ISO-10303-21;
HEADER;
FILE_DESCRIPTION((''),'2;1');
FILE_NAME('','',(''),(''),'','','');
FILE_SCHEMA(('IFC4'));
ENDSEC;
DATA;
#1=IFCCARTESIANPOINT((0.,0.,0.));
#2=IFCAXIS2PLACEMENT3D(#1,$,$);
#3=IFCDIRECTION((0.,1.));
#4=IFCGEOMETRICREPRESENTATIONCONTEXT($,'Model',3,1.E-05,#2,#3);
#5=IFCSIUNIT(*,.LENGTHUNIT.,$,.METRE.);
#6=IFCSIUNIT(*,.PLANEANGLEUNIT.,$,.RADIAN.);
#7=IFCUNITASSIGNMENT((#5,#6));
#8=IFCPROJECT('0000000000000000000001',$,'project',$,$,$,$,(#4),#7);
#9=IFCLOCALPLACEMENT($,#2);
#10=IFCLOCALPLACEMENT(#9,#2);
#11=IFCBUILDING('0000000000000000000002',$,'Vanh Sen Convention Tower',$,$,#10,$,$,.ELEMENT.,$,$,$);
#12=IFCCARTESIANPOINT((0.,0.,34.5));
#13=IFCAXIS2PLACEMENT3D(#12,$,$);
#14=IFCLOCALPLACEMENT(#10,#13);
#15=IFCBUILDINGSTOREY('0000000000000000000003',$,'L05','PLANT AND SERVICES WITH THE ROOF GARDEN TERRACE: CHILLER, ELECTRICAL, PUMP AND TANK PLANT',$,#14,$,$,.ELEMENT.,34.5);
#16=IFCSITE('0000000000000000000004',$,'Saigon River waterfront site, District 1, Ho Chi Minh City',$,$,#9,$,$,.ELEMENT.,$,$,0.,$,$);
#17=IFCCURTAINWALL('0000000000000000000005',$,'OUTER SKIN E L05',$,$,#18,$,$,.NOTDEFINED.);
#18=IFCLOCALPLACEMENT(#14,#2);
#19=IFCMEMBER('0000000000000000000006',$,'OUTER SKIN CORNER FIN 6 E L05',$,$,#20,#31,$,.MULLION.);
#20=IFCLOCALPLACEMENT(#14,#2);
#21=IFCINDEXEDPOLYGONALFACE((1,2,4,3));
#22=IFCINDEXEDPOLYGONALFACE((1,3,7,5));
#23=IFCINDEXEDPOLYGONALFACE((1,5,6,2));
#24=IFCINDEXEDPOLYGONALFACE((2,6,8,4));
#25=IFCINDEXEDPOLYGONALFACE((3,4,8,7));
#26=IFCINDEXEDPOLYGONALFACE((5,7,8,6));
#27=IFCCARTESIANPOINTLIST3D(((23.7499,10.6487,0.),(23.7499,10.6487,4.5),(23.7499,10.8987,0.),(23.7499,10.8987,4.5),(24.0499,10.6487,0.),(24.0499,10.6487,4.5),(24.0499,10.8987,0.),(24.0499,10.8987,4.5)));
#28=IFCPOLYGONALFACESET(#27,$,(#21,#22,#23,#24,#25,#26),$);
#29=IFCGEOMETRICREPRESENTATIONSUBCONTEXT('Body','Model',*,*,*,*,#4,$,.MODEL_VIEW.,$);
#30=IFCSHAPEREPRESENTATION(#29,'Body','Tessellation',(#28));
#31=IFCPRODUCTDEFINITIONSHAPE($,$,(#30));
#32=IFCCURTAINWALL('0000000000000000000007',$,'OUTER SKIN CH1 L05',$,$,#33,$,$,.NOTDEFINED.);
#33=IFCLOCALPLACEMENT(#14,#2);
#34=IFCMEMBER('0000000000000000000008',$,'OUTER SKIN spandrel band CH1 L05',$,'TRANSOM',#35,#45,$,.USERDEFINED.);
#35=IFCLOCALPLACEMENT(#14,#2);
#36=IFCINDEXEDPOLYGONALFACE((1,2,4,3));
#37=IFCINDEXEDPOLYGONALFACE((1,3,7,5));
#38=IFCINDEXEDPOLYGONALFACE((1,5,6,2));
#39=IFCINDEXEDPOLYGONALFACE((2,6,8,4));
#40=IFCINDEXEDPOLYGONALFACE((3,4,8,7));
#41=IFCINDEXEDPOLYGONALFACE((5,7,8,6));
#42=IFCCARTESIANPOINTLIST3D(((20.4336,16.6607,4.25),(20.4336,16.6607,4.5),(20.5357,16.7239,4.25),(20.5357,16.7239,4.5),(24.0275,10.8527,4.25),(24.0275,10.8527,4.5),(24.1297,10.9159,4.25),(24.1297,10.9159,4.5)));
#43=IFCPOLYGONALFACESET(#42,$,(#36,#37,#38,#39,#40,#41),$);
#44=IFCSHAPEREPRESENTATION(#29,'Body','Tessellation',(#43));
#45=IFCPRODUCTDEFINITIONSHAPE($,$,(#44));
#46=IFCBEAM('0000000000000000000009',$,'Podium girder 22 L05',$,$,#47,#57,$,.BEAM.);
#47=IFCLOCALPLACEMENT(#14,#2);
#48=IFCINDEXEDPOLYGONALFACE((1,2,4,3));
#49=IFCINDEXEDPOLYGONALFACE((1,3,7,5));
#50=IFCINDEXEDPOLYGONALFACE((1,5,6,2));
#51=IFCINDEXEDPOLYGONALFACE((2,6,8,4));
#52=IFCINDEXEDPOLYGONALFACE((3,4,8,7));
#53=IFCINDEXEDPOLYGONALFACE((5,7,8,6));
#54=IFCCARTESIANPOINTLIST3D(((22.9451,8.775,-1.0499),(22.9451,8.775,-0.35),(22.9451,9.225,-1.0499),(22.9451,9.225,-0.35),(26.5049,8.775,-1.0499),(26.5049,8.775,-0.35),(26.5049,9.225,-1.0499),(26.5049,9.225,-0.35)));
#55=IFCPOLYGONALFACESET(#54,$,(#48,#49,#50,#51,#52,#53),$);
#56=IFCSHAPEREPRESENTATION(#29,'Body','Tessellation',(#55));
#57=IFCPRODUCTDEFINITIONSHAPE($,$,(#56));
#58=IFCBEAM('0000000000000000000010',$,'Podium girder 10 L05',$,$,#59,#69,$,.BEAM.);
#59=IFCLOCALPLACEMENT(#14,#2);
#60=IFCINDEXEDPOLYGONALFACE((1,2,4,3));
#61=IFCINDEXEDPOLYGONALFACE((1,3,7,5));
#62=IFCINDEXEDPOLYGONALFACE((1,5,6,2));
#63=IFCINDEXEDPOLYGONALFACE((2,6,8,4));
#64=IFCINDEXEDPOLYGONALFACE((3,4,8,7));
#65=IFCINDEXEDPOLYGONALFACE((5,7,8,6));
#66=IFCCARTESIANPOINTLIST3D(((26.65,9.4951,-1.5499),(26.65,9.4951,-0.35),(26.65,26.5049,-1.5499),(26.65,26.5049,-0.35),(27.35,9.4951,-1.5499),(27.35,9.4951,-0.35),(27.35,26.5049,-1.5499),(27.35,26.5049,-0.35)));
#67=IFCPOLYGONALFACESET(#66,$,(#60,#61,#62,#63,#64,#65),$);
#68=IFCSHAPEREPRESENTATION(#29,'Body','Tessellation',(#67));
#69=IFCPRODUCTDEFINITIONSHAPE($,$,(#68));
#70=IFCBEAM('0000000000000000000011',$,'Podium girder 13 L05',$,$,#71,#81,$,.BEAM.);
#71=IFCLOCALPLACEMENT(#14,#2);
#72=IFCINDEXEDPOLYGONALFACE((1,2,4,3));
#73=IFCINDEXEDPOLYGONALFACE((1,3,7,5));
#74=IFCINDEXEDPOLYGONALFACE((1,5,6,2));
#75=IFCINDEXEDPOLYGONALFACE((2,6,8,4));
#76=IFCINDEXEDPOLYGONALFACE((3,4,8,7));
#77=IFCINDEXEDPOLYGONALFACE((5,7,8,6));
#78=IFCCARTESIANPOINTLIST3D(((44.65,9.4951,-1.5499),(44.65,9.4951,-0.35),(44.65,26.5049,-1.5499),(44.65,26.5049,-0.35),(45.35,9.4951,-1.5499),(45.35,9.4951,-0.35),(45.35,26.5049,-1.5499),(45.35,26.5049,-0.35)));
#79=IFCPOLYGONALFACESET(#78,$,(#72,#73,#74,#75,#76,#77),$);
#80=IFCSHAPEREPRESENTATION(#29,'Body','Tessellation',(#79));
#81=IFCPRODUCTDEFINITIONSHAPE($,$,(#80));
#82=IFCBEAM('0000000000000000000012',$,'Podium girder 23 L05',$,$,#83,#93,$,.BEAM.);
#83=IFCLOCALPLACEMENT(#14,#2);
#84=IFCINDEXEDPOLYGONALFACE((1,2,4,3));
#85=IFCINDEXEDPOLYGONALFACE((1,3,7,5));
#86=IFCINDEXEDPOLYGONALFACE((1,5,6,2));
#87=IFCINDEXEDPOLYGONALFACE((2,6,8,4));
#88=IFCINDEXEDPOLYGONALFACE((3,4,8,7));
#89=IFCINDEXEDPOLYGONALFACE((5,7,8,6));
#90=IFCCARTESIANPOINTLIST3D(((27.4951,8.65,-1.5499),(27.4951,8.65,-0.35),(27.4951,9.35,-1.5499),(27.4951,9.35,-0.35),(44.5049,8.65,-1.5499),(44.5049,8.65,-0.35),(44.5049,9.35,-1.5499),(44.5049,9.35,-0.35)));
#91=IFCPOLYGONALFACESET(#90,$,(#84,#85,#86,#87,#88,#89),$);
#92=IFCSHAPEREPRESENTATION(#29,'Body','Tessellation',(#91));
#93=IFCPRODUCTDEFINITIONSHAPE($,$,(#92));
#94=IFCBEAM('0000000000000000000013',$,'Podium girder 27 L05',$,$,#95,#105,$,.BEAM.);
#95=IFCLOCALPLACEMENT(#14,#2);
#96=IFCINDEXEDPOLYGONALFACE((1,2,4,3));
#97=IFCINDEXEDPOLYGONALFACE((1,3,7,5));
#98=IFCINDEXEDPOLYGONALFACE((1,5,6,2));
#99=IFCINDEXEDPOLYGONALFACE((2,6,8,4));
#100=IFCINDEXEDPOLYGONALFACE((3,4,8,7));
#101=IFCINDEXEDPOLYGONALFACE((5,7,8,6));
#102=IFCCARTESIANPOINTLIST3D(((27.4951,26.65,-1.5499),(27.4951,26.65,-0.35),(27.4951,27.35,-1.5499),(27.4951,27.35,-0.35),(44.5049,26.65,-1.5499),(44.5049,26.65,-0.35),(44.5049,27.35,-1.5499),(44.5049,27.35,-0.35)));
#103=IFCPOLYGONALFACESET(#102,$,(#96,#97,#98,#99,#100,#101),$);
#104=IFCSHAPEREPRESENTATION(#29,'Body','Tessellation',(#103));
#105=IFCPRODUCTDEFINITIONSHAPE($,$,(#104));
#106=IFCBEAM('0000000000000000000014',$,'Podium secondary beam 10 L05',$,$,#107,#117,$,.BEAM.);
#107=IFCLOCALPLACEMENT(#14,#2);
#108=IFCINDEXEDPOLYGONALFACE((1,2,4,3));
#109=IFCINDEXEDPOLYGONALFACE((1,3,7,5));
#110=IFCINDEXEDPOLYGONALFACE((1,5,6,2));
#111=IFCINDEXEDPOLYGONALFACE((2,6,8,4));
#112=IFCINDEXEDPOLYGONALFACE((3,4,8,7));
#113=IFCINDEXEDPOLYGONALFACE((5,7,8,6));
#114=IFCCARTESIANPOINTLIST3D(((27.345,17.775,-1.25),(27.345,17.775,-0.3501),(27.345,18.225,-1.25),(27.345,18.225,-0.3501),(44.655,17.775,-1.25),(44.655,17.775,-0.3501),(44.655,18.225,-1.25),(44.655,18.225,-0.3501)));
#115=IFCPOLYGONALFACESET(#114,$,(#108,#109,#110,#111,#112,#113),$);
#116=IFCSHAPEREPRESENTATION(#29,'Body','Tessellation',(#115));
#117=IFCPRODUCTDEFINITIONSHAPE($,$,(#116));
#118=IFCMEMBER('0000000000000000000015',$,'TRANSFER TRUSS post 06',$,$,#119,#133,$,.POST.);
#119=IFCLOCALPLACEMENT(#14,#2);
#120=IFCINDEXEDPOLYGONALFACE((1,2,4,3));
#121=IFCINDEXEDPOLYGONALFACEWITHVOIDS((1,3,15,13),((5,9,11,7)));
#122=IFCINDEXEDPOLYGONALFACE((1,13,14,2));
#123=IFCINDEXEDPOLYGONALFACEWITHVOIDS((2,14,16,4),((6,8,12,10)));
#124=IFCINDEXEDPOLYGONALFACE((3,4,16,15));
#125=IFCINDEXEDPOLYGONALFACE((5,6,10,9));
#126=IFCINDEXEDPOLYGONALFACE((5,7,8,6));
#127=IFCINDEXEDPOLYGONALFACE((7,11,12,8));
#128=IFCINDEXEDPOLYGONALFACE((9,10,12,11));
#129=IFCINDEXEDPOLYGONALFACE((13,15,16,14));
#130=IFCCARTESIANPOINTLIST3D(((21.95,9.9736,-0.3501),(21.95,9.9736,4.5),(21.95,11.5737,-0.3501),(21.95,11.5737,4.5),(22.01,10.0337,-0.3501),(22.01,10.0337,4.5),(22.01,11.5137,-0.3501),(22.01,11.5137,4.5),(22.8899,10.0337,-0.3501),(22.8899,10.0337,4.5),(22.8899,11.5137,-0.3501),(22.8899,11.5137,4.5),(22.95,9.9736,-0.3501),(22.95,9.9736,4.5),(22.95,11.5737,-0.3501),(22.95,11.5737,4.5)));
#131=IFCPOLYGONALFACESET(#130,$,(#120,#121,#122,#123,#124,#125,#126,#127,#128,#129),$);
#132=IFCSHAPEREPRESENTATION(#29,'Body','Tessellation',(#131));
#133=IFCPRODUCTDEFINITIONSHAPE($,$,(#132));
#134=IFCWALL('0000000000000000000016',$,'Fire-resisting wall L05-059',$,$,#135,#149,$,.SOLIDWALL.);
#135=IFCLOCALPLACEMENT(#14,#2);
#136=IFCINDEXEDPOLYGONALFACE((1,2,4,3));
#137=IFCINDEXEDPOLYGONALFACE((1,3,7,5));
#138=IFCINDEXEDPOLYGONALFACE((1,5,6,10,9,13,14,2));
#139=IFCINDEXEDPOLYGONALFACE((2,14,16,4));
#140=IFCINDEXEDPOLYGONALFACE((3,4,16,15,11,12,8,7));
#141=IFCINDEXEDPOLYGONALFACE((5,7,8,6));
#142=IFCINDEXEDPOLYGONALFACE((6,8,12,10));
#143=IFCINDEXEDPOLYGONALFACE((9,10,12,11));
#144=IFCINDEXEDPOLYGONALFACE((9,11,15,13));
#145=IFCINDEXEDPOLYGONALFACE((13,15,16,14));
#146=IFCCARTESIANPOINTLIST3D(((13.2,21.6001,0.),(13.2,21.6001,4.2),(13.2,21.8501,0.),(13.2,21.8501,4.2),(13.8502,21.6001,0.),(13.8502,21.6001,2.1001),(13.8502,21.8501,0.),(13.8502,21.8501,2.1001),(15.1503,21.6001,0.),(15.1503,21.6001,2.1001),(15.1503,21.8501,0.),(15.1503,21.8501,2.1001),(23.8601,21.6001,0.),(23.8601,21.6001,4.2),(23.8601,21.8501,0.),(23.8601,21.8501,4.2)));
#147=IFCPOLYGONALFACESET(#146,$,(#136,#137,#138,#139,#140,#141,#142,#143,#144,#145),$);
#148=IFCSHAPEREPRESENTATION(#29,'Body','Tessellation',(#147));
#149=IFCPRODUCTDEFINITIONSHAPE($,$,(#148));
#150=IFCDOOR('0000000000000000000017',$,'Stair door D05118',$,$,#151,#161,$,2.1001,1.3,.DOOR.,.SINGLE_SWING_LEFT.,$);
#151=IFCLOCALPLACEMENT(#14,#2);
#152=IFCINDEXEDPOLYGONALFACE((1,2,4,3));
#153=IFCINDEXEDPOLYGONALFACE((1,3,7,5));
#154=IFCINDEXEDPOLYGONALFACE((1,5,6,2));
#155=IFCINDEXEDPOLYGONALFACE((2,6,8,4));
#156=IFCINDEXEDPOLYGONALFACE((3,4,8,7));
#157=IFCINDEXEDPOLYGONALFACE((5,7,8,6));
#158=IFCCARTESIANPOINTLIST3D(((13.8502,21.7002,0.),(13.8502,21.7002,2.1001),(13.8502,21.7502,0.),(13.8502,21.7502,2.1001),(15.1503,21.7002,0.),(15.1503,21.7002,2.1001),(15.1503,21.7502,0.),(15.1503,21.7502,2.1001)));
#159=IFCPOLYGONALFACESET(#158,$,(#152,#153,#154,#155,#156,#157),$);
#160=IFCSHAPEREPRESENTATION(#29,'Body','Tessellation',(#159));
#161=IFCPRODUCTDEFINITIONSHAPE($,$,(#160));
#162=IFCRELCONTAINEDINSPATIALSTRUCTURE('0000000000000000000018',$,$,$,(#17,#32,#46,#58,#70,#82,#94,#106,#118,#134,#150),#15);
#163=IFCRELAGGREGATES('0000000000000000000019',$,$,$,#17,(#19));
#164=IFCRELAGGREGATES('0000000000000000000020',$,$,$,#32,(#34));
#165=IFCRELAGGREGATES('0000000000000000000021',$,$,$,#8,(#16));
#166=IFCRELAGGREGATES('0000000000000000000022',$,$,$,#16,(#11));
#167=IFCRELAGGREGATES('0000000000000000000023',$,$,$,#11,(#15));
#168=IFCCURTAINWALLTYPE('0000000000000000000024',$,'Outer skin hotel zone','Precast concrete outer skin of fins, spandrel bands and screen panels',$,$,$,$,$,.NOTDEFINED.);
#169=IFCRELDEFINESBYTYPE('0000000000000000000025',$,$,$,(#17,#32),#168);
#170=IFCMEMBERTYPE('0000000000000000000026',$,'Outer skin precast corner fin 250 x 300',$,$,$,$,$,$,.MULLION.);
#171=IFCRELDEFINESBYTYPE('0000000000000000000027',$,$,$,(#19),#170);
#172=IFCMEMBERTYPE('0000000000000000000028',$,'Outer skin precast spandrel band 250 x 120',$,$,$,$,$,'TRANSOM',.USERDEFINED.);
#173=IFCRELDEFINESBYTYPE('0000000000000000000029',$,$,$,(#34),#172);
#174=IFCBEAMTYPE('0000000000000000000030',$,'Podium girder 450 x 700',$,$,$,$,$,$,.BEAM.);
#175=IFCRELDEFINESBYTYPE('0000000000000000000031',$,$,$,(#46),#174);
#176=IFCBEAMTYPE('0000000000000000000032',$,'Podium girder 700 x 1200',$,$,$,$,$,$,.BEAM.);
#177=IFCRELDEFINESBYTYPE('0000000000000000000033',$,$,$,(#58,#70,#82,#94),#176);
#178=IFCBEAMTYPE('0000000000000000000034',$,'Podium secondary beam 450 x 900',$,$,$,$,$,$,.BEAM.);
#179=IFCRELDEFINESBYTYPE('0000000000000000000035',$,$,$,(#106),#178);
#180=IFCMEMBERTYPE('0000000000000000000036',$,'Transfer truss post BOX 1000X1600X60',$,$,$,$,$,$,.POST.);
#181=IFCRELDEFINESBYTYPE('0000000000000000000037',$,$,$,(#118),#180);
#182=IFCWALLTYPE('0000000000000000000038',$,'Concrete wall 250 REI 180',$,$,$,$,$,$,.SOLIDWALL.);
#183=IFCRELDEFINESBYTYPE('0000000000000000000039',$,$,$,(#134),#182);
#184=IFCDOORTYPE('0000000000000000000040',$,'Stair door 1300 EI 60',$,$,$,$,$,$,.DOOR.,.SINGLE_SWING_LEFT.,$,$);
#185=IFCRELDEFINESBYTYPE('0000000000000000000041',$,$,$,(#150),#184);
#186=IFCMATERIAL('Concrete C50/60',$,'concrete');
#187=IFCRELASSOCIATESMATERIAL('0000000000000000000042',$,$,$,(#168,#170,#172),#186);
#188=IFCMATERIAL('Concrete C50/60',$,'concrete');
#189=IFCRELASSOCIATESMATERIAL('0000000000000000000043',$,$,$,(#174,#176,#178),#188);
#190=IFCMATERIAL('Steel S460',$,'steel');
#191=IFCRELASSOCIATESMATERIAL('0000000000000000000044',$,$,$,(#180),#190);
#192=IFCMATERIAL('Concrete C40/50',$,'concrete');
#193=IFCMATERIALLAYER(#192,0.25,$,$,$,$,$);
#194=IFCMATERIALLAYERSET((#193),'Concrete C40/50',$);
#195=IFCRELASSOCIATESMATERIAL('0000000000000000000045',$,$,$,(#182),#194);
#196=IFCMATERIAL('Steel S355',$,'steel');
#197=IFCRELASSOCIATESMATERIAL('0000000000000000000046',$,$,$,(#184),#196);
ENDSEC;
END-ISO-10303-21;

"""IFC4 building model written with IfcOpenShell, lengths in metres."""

from ifc_helpers import new_model, si_unit, direction, frame, frame_2d, origin, origin_2d, place, context, subcontext, project, spatial, rectangle, hollow_rectangle, extrude, material, layer, layer_set, material_profile, profile_set, type_object, element, fill, aggregate, save


model = new_model("IFC4")

# Units and contexts
model_context = context("Model", 3, precision=1e-05, world=origin(), true_north=direction((0.0, 1.0)))
body_context = subcontext(model_context, "Body", "Model", "MODEL_VIEW")
ifc_project = project(units=[si_unit("LENGTHUNIT", "METRE"), si_unit("PLANEANGLEUNIT", "RADIAN")], contexts=[model_context])

# Site, building, storey
site_placement = place(None, origin())
site = spatial("IfcSite", under=ifc_project, at=site_placement, Name="Saigon River waterfront site, District 1, Ho Chi Minh City", CompositionType="ELEMENT", RefElevation=0.0)
building_placement = place(site_placement, origin())
building = spatial("IfcBuilding", under=site, at=building_placement, Name="Vanh Sen Convention Tower", CompositionType="ELEMENT")
storey_placement = place(building_placement, frame((0.0, 0.0, 34.5)))
storey = spatial("IfcBuildingStorey", under=building, at=storey_placement, Name="L05", Description="PLANT AND SERVICES WITH THE ROOF GARDEN TERRACE: CHILLER, ELECTRICAL, PUMP AND TANK PLANT", CompositionType="ELEMENT", Elevation=34.5)

# Curtain walls, members
ifc_material_1 = material(Name="Concrete C50/60", Category="concrete")
curtain_wall_type = type_object("IfcCurtainWallType", Name="Outer skin hotel zone", Description="Precast concrete outer skin of fins, spandrel bands and screen panels", PredefinedType="NOTDEFINED", material=ifc_material_1)
curtain_wall_1_placement = place(storey_placement, origin())
curtain_wall_1 = element("IfcCurtainWall", 1, at=curtain_wall_1_placement, inside=storey, type_object=curtain_wall_type, Name="OUTER SKIN E L05", PredefinedType="NOTDEFINED")
ifc_material_profile_1 = material_profile(ifc_material_1, rectangle(XDim=0.25, YDim=0.3, at=origin_2d()), Name="Outer skin precast corner fin 250 x 300")
ifc_profile_set_1 = profile_set([ifc_material_profile_1], Name="Concrete C50/60")
member_type_1 = type_object("IfcMemberType", Name="Outer skin precast corner fin 250 x 300", PredefinedType="MULLION", material=ifc_profile_set_1)
member_1_placement = place(storey_placement, frame((23.8999, 10.7737, 0.0), z_axis=(0.0, 0.0, 1.0), x_axis=(0.0, 1.0, 0.0)))
member_1 = element("IfcMember", 2, at=member_1_placement, type_object=member_type_1, Name="OUTER SKIN CORNER FIN 6 E L05", PredefinedType="MULLION", context=body_context, shape_type="SweptSolid", body=[
    extrude(rectangle(XDim=0.25, YDim=0.3, at=origin_2d()), origin(), (0.0, 0.0, 1.0), 4.5),
])
aggregate(curtain_wall_1, [member_1])
curtain_wall_2_placement = place(storey_placement, origin())
curtain_wall_2 = element("IfcCurtainWall", 3, at=curtain_wall_2_placement, inside=storey, type_object=curtain_wall_type, Name="OUTER SKIN CH1 L05", PredefinedType="NOTDEFINED")
ifc_material_profile_2 = material_profile(ifc_material_1, rectangle(XDim=0.1201, YDim=0.25, at=origin_2d()), Name="Outer skin precast spandrel band 250 x 120")
ifc_profile_set_2 = profile_set([ifc_material_profile_2], Name="Concrete C50/60")
member_type_2 = type_object("IfcMemberType", Name="Outer skin precast spandrel band 250 x 120", ElementType="TRANSOM", PredefinedType="USERDEFINED", material=ifc_profile_set_2)
member_2_placement = place(storey_placement, frame((24.0786, 10.8843, 4.375), z_axis=(-0.526196, 0.850363, 0.0), x_axis=(-0.850363, -0.526196, 0.0)))
member_2 = element("IfcMember", 4, at=member_2_placement, type_object=member_type_2, Name="OUTER SKIN spandrel band CH1 L05", ObjectType="TRANSOM", PredefinedType="USERDEFINED", context=body_context, shape_type="SweptSolid", body=[
    extrude(rectangle(XDim=0.1201, YDim=0.25, at=origin_2d()), origin(), (0.0, 0.0, 1.0), 6.8301),
])
aggregate(curtain_wall_2, [member_2])

# Beams
ifc_material_2 = material(Name="Concrete C50/60", Category="concrete")
ifc_material_profile_3 = material_profile(ifc_material_2, rectangle(XDim=0.45, YDim=0.7, at=origin_2d()), Name="RC 450X700")
ifc_profile_set_3 = profile_set([ifc_material_profile_3], Name="Concrete C50/60")
beam_type_1 = type_object("IfcBeamType", Name="Podium girder 450 x 700", PredefinedType="BEAM", material=ifc_profile_set_3)
beam_1_placement = place(storey_placement, frame((22.9451, 9.0, -0.7), z_axis=(1.0, 0.0, 0.0), x_axis=(0.0, 1.0, 0.0)))
element("IfcBeam", 5, at=beam_1_placement, inside=storey, type_object=beam_type_1, Name="Podium girder 22 L05", PredefinedType="BEAM", context=body_context, shape_type="SweptSolid", body=[
    extrude(rectangle(XDim=0.45, YDim=0.7, at=origin_2d()), origin(), (0.0, 0.0, 1.0), 3.5598),
])
ifc_material_profile_4 = material_profile(ifc_material_2, rectangle(XDim=0.7, YDim=1.2, at=origin_2d()), Name="RC 700X1200")
ifc_profile_set_4 = profile_set([ifc_material_profile_4], Name="Concrete C50/60")
beam_type_2 = type_object("IfcBeamType", Name="Podium girder 700 x 1200", PredefinedType="BEAM", material=ifc_profile_set_4)
for number, where, z_axis, x_axis, name in (
    (6, (27.0, 9.4951, -0.95), (0.0, 1.0, 0.0), (-1.0, 0.0, 0.0), "Podium girder 10 L05"),
    (7, (45.0, 9.4951, -0.95), (0.0, 1.0, 0.0), (-1.0, 0.0, 0.0), "Podium girder 13 L05"),
    (8, (27.4951, 9.0, -0.95), (1.0, 0.0, 0.0), (0.0, 1.0, 0.0), "Podium girder 23 L05"),
    (9, (27.4951, 27.0, -0.95), (1.0, 0.0, 0.0), (0.0, 1.0, 0.0), "Podium girder 27 L05"),
):
    element("IfcBeam", number, at=place(storey_placement, frame(where, z_axis=z_axis, x_axis=x_axis)), inside=storey, type_object=beam_type_2, Name=name, PredefinedType="BEAM", context=body_context, shape_type="SweptSolid", body=[
        extrude(rectangle(XDim=0.7, YDim=1.2, at=origin_2d()), origin(), (0.0, 0.0, 1.0), 17.0098),
    ])
ifc_material_profile_5 = material_profile(ifc_material_2, rectangle(XDim=0.45, YDim=0.8999, at=origin_2d()), Name="RC 450X900")
ifc_profile_set_5 = profile_set([ifc_material_profile_5], Name="Concrete C50/60")
beam_type_3 = type_object("IfcBeamType", Name="Podium secondary beam 450 x 900", PredefinedType="BEAM", material=ifc_profile_set_5)
beam_2_placement = place(storey_placement, frame((27.345, 18.0, -0.8), z_axis=(1.0, 0.0, 0.0), x_axis=(0.0, 1.0, 0.0)))
element("IfcBeam", 10, at=beam_2_placement, inside=storey, type_object=beam_type_3, Name="Podium secondary beam 10 L05", PredefinedType="BEAM", context=body_context, shape_type="SweptSolid", body=[
    extrude(rectangle(XDim=0.45, YDim=0.8999, at=origin_2d()), origin(), (0.0, 0.0, 1.0), 17.3101),
])

# Member
ifc_material_3 = material(Name="Steel S460", Category="steel")
ifc_material_profile_6 = material_profile(ifc_material_3, hollow_rectangle(XDim=1.6001, YDim=1.0, WallThickness=0.0601, at=origin_2d()), Name="BOX 1000X1600X60")
ifc_profile_set_6 = profile_set([ifc_material_profile_6], Name="Steel S460")
member_type_3 = type_object("IfcMemberType", Name="Transfer truss post BOX 1000X1600X60", PredefinedType="POST", material=ifc_profile_set_6)
member_3_placement = place(storey_placement, frame((22.45, 10.7737, -0.3501), z_axis=(0.0, 0.0, 1.0), x_axis=(0.0, 1.0, 0.0)))
element("IfcMember", 11, at=member_3_placement, inside=storey, type_object=member_type_3, Name="TRANSFER TRUSS post 06", PredefinedType="POST", context=body_context, shape_type="SweptSolid", body=[
    extrude(hollow_rectangle(XDim=1.6001, YDim=1.0, WallThickness=0.0601, at=origin_2d()), origin(), (0.0, 0.0, 1.0), 4.8501),
])

# Wall, opening, door
ifc_material_4 = material(Name="Concrete C40/50", Category="concrete")
ifc_layer_1 = layer(ifc_material_4, 0.25)
ifc_layer_set_1 = layer_set([ifc_layer_1], Name="Concrete C40/50")
wall_type_1 = type_object("IfcWallType", Name="Concrete wall 250 REI 180", PredefinedType="SOLIDWALL", material=ifc_layer_set_1)
wall_1_placement = place(storey_placement, frame((23.8601, 21.7251, 0.0), z_axis=(0.0, 0.0, 1.0), x_axis=(-1.0, 0.0, 0.0)))
wall_1 = element("IfcWall", 12, at=wall_1_placement, inside=storey, type_object=wall_type_1, Name="Fire-resisting wall L05-059", PredefinedType="SOLIDWALL", context=body_context, shape_type="SweptSolid", body=[
    extrude(rectangle(XDim=10.6602, YDim=0.25, at=frame_2d((5.3301, 0.0))), origin(), (0.0, 0.0, 1.0), 4.2),
])
opening_1_placement = place(wall_1_placement, frame((8.71, 0.0, 0.0)))
opening_1 = element("IfcOpeningElement", 13, at=opening_1_placement, cuts=wall_1, PredefinedType="OPENING", context=body_context, shape_type="SweptSolid", body=[
    extrude(rectangle(XDim=1.3, YDim=2.1001, at=frame_2d((0.6499, 1.05))), frame((0.0, 0.135, 0.0), z_axis=(0.0, -1.0, 0.0), x_axis=(1.0, 0.0, 0.0)), (0.0, 0.0, 1.0), 0.27),
])
ifc_material_5 = material(Name="Steel S355", Category="steel")
door_type = type_object("IfcDoorType", Name="Stair door 1300 EI 60", OperationType="SINGLE_SWING_LEFT", PredefinedType="DOOR", material=ifc_material_5)
door_1_placement = place(opening_1_placement, origin())
door_1 = element("IfcDoor", 14, at=door_1_placement, inside=storey, type_object=door_type, Name="Stair door D05118", OperationType="SINGLE_SWING_LEFT", OverallHeight=2.1001, OverallWidth=1.3, PredefinedType="DOOR", context=body_context, shape_type="SweptSolid", body=[
    extrude(rectangle(XDim=1.3, YDim=2.1001, at=frame_2d((0.6499, 1.05))), frame((0.0, 0.0249, 0.0), z_axis=(0.0, -1.0, 0.0), x_axis=(1.0, 0.0, 0.0)), (0.0, 0.0, 1.0), 0.05),
])
fill(opening_1, door_1)

save(model, "model.ifc")
